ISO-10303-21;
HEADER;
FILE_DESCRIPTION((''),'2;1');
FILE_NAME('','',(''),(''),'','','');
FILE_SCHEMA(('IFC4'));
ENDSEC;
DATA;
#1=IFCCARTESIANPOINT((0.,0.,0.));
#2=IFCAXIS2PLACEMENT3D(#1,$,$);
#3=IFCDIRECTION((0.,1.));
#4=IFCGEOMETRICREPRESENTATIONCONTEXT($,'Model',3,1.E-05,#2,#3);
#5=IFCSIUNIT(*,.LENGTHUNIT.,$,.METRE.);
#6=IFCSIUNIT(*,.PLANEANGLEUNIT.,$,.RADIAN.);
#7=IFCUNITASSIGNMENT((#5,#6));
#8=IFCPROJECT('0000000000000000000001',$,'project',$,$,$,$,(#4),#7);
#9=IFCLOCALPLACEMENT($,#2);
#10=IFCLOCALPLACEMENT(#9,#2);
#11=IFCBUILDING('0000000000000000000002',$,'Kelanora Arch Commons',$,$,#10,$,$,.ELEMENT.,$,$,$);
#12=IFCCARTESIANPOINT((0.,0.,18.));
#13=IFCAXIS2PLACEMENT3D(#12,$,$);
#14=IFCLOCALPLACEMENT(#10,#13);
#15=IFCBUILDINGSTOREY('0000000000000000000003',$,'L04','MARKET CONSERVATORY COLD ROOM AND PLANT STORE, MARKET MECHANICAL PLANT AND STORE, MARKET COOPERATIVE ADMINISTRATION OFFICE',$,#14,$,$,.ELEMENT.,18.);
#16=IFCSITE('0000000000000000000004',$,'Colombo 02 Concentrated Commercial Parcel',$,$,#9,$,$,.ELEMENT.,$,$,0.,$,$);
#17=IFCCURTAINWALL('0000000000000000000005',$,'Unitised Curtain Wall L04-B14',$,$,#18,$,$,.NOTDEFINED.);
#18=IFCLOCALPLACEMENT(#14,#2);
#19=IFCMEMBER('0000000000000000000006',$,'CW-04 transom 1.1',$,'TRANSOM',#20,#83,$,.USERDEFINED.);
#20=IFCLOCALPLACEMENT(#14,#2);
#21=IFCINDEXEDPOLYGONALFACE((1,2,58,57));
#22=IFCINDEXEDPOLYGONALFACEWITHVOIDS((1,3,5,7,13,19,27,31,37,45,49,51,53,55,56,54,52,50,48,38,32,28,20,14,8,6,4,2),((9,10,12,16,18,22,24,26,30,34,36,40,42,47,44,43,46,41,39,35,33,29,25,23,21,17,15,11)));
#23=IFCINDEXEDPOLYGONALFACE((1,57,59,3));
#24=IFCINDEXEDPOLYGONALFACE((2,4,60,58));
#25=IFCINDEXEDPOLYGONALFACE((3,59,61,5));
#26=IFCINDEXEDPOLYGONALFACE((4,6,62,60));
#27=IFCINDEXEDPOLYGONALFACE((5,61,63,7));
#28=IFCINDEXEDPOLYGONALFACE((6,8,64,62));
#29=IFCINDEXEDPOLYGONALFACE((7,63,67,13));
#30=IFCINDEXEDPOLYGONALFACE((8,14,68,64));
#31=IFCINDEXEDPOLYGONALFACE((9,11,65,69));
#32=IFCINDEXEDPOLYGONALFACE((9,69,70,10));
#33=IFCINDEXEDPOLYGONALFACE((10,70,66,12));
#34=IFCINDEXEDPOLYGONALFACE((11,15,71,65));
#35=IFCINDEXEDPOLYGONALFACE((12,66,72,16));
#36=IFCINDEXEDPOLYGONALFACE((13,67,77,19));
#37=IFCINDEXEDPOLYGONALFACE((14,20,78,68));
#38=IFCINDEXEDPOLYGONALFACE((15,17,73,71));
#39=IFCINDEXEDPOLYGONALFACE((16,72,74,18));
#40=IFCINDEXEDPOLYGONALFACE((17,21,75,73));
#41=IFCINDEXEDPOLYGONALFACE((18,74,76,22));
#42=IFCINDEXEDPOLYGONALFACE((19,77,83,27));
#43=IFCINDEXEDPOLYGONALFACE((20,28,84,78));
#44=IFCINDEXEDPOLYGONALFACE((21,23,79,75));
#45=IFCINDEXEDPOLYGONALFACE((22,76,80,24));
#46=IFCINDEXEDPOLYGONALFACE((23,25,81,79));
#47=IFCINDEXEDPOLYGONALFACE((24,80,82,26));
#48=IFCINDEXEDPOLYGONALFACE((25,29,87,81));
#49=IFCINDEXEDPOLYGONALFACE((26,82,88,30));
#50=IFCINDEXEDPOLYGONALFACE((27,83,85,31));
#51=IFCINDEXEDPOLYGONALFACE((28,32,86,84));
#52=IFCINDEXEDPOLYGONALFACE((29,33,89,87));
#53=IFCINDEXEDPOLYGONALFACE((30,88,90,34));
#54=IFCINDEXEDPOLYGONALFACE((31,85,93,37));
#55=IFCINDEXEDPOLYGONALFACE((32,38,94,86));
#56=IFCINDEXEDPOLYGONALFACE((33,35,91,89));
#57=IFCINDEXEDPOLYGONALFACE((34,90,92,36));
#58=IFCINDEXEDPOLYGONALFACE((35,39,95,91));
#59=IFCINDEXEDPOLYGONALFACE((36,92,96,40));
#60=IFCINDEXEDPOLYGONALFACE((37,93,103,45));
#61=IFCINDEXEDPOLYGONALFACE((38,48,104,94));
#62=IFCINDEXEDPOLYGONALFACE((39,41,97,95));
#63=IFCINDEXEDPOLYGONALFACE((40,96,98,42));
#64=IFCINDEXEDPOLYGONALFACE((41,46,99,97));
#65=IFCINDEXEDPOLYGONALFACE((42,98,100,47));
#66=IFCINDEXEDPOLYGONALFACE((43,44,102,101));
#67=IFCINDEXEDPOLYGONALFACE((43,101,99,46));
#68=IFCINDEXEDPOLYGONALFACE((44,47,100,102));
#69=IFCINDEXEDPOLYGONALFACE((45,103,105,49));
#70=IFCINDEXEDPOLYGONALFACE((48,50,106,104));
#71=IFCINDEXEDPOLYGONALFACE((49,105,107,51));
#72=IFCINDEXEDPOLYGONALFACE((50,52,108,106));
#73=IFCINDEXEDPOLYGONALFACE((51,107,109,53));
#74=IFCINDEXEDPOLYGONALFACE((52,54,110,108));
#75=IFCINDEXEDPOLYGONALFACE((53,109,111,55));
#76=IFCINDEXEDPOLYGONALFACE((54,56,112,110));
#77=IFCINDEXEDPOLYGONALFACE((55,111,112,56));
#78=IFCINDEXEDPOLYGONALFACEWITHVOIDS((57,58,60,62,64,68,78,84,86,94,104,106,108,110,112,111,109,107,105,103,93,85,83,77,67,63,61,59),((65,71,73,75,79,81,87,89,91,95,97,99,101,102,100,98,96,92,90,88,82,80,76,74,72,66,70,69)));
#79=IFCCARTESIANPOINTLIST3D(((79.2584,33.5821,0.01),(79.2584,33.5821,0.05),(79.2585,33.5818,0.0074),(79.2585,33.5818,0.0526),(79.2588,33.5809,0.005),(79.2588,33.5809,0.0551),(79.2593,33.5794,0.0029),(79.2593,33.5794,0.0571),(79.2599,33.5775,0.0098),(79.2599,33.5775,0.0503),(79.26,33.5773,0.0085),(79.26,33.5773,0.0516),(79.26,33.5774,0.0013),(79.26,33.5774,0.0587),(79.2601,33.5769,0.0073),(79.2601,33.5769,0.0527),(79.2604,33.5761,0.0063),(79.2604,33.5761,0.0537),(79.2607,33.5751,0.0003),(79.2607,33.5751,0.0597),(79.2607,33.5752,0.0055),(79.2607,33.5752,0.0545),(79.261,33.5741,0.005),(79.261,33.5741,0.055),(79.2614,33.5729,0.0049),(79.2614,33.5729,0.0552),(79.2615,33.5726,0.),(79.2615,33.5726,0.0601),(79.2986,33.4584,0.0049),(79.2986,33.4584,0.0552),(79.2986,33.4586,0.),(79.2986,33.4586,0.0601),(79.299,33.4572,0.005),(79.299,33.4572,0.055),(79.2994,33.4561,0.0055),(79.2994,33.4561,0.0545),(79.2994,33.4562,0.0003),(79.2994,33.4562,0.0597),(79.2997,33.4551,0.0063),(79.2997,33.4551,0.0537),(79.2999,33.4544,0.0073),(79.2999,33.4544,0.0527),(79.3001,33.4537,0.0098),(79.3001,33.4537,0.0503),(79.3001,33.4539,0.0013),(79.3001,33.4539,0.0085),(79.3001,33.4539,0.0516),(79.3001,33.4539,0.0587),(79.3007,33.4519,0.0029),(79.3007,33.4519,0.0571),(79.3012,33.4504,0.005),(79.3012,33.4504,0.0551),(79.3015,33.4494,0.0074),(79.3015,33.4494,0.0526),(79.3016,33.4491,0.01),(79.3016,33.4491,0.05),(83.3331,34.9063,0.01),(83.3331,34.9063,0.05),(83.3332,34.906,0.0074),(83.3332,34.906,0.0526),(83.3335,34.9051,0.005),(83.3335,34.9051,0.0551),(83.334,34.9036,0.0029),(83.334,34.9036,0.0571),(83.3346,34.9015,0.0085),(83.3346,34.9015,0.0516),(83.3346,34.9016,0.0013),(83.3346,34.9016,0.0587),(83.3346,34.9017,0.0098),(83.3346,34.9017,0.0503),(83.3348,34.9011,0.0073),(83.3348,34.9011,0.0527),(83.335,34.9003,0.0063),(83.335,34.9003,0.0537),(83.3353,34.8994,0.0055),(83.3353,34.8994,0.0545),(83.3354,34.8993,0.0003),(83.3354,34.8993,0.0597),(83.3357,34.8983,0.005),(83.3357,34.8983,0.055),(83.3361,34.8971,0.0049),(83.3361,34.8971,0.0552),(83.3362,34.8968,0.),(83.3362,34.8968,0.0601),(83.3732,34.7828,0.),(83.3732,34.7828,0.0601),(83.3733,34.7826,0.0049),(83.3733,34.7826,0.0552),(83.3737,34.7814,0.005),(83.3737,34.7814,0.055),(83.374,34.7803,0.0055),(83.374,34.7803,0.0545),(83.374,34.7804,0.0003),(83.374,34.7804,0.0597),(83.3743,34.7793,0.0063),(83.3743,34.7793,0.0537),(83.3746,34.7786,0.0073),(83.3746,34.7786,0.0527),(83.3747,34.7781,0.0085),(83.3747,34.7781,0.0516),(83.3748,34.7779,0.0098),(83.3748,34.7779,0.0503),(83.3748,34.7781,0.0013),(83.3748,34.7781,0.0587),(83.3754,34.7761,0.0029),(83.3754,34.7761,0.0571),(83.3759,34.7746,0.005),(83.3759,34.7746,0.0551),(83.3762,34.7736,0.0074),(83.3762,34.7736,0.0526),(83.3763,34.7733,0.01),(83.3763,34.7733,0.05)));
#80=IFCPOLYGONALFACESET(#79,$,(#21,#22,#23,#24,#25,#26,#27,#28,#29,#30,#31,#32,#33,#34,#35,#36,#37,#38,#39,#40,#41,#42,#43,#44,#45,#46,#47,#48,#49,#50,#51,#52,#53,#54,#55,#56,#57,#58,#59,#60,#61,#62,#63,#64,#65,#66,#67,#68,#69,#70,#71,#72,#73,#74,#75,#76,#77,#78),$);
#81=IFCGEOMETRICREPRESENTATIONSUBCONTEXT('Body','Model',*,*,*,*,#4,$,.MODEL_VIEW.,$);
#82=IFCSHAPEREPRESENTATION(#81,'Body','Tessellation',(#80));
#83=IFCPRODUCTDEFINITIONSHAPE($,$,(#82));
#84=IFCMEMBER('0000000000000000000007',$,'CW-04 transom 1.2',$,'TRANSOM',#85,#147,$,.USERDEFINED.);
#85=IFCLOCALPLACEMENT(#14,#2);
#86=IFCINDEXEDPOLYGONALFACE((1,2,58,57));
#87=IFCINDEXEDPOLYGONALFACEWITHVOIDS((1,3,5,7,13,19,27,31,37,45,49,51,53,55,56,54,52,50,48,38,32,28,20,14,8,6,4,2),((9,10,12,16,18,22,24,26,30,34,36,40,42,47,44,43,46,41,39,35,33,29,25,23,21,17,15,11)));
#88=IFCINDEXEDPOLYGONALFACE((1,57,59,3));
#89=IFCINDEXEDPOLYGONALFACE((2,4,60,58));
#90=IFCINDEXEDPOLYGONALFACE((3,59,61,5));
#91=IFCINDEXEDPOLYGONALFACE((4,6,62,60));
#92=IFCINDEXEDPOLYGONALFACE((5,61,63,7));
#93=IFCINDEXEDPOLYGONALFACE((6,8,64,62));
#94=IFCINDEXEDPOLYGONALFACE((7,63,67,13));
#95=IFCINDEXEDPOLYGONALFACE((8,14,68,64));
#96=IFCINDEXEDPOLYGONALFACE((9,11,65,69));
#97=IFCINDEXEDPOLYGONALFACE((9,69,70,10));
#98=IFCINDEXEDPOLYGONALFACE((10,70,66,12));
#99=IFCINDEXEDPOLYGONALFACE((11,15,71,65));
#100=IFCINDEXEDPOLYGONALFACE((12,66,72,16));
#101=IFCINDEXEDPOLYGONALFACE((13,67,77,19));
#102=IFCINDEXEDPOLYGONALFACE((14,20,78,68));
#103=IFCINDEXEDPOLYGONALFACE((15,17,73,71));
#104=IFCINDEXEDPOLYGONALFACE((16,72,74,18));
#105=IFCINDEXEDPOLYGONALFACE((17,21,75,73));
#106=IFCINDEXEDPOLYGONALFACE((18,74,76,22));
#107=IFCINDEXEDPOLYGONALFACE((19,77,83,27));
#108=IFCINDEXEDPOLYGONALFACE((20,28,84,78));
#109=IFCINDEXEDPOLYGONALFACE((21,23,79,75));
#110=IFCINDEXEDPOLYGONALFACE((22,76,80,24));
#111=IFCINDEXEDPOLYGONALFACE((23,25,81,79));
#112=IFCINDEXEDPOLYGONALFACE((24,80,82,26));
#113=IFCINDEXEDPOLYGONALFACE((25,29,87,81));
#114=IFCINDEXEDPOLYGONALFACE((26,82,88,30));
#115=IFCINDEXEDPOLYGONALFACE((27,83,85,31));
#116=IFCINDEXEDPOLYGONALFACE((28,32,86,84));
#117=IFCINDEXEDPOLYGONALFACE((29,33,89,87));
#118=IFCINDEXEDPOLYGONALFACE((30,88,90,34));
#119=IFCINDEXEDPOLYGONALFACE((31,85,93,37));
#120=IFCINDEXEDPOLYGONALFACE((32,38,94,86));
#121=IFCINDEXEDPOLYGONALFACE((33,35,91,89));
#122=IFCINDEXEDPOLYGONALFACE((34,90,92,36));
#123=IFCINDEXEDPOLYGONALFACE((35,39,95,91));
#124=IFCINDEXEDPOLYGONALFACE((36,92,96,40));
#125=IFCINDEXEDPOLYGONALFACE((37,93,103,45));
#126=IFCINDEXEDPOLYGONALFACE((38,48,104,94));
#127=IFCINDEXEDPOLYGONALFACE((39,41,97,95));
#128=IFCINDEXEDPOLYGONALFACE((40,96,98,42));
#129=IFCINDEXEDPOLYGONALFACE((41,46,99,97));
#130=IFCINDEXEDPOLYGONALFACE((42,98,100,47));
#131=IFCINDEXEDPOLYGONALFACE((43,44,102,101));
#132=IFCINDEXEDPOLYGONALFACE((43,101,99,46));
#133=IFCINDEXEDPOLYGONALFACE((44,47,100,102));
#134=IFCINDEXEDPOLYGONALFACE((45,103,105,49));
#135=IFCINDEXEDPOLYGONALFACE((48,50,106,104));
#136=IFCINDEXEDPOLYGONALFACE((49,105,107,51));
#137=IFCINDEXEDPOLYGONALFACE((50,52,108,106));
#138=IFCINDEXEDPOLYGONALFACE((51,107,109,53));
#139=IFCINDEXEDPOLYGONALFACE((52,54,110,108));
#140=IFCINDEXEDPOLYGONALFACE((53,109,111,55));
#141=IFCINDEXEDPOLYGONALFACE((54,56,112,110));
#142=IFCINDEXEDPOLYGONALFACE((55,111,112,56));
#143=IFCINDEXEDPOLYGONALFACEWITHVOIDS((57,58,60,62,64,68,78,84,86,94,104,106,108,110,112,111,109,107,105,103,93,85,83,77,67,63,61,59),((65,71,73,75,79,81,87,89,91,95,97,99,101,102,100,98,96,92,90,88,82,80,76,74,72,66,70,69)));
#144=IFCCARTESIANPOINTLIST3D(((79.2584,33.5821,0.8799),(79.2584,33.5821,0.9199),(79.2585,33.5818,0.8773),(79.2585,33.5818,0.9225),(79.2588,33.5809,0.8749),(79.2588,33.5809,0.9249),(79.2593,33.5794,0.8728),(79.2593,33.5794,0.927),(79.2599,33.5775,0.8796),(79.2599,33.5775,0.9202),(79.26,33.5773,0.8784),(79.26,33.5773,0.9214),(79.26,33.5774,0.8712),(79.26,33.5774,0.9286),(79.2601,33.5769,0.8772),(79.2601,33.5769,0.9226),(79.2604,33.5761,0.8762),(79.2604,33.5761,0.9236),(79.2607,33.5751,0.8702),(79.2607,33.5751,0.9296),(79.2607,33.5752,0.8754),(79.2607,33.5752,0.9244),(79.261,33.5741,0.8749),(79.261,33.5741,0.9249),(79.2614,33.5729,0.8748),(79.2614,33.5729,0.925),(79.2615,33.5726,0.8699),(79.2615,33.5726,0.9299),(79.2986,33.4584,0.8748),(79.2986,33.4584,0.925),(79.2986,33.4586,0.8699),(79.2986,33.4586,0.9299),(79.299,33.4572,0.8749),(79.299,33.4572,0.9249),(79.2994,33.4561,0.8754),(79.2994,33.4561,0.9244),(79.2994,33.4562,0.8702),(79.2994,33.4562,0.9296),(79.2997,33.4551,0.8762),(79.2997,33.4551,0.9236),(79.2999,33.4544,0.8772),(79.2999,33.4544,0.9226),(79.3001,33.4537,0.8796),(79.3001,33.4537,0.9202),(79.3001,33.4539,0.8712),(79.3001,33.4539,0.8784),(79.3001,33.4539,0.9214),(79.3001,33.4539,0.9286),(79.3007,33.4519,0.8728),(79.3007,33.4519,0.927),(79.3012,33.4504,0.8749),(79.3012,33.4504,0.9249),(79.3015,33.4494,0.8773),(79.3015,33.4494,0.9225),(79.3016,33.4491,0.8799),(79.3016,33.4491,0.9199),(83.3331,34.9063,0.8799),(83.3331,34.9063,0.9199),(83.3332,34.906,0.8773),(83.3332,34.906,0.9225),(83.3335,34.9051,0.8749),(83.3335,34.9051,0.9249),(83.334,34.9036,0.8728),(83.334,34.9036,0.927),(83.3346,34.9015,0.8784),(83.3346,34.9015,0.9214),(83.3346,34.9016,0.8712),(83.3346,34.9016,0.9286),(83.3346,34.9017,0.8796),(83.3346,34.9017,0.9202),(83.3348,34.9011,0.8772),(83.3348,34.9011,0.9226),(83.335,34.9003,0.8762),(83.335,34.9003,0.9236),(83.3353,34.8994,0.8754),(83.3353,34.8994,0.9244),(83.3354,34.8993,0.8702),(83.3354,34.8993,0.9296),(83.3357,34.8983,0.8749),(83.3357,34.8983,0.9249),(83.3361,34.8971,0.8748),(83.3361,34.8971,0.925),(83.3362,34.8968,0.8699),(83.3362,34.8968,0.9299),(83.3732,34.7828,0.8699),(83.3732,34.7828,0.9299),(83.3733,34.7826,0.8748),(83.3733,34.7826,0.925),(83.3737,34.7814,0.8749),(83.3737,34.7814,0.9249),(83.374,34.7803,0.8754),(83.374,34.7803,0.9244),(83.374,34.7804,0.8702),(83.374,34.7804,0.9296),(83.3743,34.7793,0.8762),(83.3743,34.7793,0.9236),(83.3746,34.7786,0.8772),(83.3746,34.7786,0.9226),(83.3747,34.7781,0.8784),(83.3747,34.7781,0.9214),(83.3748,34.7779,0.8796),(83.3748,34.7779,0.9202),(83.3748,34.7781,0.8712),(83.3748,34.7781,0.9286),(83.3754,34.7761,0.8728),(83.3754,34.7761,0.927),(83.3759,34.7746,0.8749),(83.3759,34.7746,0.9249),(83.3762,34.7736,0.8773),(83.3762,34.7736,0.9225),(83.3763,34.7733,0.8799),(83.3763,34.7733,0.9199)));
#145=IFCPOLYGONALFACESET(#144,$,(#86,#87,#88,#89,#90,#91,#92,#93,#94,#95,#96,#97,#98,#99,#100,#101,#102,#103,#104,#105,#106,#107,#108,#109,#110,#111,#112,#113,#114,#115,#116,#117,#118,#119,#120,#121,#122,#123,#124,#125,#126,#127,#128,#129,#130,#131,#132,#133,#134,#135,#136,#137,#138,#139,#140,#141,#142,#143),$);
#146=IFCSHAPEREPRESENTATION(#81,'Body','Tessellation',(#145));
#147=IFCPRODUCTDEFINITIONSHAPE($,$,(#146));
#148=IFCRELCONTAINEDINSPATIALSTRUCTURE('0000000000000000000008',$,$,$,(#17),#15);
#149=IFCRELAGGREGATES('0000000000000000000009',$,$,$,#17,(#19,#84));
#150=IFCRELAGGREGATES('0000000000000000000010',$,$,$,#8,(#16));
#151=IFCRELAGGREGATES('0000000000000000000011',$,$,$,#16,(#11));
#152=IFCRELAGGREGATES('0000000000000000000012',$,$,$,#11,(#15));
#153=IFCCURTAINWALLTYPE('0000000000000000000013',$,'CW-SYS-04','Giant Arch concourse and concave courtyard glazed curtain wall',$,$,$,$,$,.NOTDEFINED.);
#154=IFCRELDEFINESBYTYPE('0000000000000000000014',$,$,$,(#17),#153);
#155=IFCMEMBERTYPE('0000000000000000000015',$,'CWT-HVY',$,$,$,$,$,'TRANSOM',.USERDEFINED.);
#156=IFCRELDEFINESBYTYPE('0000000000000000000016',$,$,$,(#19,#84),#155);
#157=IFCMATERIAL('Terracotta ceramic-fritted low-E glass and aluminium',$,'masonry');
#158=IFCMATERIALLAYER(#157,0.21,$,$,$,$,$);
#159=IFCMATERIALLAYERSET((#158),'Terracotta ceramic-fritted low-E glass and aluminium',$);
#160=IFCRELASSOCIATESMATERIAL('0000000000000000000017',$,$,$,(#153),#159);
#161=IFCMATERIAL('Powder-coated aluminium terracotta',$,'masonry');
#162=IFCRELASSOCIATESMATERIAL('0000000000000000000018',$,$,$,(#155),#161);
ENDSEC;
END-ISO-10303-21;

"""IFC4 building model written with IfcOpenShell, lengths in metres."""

from ifc_helpers import new_model, si_unit, direction, frame, origin, origin_2d, place, context, subcontext, project, spatial, hollow_rectangle, extrude, material, layer, layer_set, material_profile, profile_set, type_object, element, aggregate, save


model = new_model("IFC4")

# Units and contexts
model_context = context("Model", 3, precision=1e-05, world=origin(), true_north=direction((0.0, 1.0)))
body_context = subcontext(model_context, "Body", "Model", "MODEL_VIEW")
ifc_project = project(units=[si_unit("LENGTHUNIT", "METRE"), si_unit("PLANEANGLEUNIT", "RADIAN")], contexts=[model_context])

# Site, building, storey
site_placement = place(None, origin())
site = spatial("IfcSite", under=ifc_project, at=site_placement, Name="Colombo 02 Concentrated Commercial Parcel", CompositionType="ELEMENT", RefElevation=0.0)
building_placement = place(site_placement, origin())
building = spatial("IfcBuilding", under=site, at=building_placement, Name="Kelanora Arch Commons", CompositionType="ELEMENT")
storey_placement = place(building_placement, frame((0.0, 0.0, 18.0)))
storey = spatial("IfcBuildingStorey", under=building, at=storey_placement, Name="L04", Description="MARKET CONSERVATORY COLD ROOM AND PLANT STORE, MARKET MECHANICAL PLANT AND STORE, MARKET COOPERATIVE ADMINISTRATION OFFICE", CompositionType="ELEMENT", Elevation=18.0)

# Curtain wall
ifc_material_1 = material(Name="Terracotta ceramic-fritted low-E glass and aluminium", Category="masonry")
ifc_layer_1 = layer(ifc_material_1, 0.21)
ifc_layer_set_1 = layer_set([ifc_layer_1], Name="Terracotta ceramic-fritted low-E glass and aluminium")
curtain_wall_type_1 = type_object("IfcCurtainWallType", Name="CW-SYS-04", Description="Giant Arch concourse and concave courtyard glazed curtain wall", PredefinedType="NOTDEFINED", material=ifc_layer_set_1)
curtain_wall_1_placement = place(storey_placement, origin())
curtain_wall_1 = element("IfcCurtainWall", 1, at=curtain_wall_1_placement, inside=storey, type_object=curtain_wall_type_1, Name="Unitised Curtain Wall L04-B14", PredefinedType="NOTDEFINED")
ifc_material_2 = material(Name="Powder-coated aluminium terracotta", Category="masonry")

# Members
ifc_material_profile_1 = material_profile(ifc_material_2, hollow_rectangle(XDim=0.1399, YDim=0.0601, WallThickness=0.0049, InnerFilletRadius=0.0049, OuterFilletRadius=0.01, at=origin_2d()), Name="CWT140x60")
ifc_profile_set_1 = profile_set([ifc_material_profile_1], Name="Powder-coated aluminium terracotta")
member_type_1 = type_object("IfcMemberType", Name="CWT-HVY", ElementType="TRANSOM", PredefinedType="USERDEFINED", material=ifc_profile_set_1)
member_1_placement = place(storey_placement, frame((79.28, 33.5156, 0.03), z_axis=(0.951038, 0.309073, 0.0), x_axis=(-0.309073, 0.951038, 0.0)))
member_1 = element("IfcMember", 2, at=member_1_placement, type_object=member_type_1, Name="CW-04 transom 1.1", ObjectType="TRANSOM", PredefinedType="USERDEFINED", context=body_context, shape_type="SweptSolid", body=[
    extrude(hollow_rectangle(XDim=0.1399, YDim=0.0601, WallThickness=0.0049, InnerFilletRadius=0.0049, OuterFilletRadius=0.01, at=origin_2d()), origin(), (0.0, 0.0, 1.0), 4.2844),
])
member_2_placement = place(storey_placement, frame((79.28, 33.5156, 0.8999), z_axis=(0.951038, 0.309073, 0.0), x_axis=(-0.309073, 0.951038, 0.0)))
member_2 = element("IfcMember", 3, at=member_2_placement, type_object=member_type_1, Name="CW-04 transom 1.2", ObjectType="TRANSOM", PredefinedType="USERDEFINED", context=body_context, shape_type="SweptSolid", body=[
    extrude(hollow_rectangle(XDim=0.1399, YDim=0.0601, WallThickness=0.0049, InnerFilletRadius=0.0049, OuterFilletRadius=0.01, at=origin_2d()), origin(), (0.0, 0.0, 1.0), 4.2844),
])

aggregate(curtain_wall_1, [member_1, member_2])

save(model, "model.ifc")
